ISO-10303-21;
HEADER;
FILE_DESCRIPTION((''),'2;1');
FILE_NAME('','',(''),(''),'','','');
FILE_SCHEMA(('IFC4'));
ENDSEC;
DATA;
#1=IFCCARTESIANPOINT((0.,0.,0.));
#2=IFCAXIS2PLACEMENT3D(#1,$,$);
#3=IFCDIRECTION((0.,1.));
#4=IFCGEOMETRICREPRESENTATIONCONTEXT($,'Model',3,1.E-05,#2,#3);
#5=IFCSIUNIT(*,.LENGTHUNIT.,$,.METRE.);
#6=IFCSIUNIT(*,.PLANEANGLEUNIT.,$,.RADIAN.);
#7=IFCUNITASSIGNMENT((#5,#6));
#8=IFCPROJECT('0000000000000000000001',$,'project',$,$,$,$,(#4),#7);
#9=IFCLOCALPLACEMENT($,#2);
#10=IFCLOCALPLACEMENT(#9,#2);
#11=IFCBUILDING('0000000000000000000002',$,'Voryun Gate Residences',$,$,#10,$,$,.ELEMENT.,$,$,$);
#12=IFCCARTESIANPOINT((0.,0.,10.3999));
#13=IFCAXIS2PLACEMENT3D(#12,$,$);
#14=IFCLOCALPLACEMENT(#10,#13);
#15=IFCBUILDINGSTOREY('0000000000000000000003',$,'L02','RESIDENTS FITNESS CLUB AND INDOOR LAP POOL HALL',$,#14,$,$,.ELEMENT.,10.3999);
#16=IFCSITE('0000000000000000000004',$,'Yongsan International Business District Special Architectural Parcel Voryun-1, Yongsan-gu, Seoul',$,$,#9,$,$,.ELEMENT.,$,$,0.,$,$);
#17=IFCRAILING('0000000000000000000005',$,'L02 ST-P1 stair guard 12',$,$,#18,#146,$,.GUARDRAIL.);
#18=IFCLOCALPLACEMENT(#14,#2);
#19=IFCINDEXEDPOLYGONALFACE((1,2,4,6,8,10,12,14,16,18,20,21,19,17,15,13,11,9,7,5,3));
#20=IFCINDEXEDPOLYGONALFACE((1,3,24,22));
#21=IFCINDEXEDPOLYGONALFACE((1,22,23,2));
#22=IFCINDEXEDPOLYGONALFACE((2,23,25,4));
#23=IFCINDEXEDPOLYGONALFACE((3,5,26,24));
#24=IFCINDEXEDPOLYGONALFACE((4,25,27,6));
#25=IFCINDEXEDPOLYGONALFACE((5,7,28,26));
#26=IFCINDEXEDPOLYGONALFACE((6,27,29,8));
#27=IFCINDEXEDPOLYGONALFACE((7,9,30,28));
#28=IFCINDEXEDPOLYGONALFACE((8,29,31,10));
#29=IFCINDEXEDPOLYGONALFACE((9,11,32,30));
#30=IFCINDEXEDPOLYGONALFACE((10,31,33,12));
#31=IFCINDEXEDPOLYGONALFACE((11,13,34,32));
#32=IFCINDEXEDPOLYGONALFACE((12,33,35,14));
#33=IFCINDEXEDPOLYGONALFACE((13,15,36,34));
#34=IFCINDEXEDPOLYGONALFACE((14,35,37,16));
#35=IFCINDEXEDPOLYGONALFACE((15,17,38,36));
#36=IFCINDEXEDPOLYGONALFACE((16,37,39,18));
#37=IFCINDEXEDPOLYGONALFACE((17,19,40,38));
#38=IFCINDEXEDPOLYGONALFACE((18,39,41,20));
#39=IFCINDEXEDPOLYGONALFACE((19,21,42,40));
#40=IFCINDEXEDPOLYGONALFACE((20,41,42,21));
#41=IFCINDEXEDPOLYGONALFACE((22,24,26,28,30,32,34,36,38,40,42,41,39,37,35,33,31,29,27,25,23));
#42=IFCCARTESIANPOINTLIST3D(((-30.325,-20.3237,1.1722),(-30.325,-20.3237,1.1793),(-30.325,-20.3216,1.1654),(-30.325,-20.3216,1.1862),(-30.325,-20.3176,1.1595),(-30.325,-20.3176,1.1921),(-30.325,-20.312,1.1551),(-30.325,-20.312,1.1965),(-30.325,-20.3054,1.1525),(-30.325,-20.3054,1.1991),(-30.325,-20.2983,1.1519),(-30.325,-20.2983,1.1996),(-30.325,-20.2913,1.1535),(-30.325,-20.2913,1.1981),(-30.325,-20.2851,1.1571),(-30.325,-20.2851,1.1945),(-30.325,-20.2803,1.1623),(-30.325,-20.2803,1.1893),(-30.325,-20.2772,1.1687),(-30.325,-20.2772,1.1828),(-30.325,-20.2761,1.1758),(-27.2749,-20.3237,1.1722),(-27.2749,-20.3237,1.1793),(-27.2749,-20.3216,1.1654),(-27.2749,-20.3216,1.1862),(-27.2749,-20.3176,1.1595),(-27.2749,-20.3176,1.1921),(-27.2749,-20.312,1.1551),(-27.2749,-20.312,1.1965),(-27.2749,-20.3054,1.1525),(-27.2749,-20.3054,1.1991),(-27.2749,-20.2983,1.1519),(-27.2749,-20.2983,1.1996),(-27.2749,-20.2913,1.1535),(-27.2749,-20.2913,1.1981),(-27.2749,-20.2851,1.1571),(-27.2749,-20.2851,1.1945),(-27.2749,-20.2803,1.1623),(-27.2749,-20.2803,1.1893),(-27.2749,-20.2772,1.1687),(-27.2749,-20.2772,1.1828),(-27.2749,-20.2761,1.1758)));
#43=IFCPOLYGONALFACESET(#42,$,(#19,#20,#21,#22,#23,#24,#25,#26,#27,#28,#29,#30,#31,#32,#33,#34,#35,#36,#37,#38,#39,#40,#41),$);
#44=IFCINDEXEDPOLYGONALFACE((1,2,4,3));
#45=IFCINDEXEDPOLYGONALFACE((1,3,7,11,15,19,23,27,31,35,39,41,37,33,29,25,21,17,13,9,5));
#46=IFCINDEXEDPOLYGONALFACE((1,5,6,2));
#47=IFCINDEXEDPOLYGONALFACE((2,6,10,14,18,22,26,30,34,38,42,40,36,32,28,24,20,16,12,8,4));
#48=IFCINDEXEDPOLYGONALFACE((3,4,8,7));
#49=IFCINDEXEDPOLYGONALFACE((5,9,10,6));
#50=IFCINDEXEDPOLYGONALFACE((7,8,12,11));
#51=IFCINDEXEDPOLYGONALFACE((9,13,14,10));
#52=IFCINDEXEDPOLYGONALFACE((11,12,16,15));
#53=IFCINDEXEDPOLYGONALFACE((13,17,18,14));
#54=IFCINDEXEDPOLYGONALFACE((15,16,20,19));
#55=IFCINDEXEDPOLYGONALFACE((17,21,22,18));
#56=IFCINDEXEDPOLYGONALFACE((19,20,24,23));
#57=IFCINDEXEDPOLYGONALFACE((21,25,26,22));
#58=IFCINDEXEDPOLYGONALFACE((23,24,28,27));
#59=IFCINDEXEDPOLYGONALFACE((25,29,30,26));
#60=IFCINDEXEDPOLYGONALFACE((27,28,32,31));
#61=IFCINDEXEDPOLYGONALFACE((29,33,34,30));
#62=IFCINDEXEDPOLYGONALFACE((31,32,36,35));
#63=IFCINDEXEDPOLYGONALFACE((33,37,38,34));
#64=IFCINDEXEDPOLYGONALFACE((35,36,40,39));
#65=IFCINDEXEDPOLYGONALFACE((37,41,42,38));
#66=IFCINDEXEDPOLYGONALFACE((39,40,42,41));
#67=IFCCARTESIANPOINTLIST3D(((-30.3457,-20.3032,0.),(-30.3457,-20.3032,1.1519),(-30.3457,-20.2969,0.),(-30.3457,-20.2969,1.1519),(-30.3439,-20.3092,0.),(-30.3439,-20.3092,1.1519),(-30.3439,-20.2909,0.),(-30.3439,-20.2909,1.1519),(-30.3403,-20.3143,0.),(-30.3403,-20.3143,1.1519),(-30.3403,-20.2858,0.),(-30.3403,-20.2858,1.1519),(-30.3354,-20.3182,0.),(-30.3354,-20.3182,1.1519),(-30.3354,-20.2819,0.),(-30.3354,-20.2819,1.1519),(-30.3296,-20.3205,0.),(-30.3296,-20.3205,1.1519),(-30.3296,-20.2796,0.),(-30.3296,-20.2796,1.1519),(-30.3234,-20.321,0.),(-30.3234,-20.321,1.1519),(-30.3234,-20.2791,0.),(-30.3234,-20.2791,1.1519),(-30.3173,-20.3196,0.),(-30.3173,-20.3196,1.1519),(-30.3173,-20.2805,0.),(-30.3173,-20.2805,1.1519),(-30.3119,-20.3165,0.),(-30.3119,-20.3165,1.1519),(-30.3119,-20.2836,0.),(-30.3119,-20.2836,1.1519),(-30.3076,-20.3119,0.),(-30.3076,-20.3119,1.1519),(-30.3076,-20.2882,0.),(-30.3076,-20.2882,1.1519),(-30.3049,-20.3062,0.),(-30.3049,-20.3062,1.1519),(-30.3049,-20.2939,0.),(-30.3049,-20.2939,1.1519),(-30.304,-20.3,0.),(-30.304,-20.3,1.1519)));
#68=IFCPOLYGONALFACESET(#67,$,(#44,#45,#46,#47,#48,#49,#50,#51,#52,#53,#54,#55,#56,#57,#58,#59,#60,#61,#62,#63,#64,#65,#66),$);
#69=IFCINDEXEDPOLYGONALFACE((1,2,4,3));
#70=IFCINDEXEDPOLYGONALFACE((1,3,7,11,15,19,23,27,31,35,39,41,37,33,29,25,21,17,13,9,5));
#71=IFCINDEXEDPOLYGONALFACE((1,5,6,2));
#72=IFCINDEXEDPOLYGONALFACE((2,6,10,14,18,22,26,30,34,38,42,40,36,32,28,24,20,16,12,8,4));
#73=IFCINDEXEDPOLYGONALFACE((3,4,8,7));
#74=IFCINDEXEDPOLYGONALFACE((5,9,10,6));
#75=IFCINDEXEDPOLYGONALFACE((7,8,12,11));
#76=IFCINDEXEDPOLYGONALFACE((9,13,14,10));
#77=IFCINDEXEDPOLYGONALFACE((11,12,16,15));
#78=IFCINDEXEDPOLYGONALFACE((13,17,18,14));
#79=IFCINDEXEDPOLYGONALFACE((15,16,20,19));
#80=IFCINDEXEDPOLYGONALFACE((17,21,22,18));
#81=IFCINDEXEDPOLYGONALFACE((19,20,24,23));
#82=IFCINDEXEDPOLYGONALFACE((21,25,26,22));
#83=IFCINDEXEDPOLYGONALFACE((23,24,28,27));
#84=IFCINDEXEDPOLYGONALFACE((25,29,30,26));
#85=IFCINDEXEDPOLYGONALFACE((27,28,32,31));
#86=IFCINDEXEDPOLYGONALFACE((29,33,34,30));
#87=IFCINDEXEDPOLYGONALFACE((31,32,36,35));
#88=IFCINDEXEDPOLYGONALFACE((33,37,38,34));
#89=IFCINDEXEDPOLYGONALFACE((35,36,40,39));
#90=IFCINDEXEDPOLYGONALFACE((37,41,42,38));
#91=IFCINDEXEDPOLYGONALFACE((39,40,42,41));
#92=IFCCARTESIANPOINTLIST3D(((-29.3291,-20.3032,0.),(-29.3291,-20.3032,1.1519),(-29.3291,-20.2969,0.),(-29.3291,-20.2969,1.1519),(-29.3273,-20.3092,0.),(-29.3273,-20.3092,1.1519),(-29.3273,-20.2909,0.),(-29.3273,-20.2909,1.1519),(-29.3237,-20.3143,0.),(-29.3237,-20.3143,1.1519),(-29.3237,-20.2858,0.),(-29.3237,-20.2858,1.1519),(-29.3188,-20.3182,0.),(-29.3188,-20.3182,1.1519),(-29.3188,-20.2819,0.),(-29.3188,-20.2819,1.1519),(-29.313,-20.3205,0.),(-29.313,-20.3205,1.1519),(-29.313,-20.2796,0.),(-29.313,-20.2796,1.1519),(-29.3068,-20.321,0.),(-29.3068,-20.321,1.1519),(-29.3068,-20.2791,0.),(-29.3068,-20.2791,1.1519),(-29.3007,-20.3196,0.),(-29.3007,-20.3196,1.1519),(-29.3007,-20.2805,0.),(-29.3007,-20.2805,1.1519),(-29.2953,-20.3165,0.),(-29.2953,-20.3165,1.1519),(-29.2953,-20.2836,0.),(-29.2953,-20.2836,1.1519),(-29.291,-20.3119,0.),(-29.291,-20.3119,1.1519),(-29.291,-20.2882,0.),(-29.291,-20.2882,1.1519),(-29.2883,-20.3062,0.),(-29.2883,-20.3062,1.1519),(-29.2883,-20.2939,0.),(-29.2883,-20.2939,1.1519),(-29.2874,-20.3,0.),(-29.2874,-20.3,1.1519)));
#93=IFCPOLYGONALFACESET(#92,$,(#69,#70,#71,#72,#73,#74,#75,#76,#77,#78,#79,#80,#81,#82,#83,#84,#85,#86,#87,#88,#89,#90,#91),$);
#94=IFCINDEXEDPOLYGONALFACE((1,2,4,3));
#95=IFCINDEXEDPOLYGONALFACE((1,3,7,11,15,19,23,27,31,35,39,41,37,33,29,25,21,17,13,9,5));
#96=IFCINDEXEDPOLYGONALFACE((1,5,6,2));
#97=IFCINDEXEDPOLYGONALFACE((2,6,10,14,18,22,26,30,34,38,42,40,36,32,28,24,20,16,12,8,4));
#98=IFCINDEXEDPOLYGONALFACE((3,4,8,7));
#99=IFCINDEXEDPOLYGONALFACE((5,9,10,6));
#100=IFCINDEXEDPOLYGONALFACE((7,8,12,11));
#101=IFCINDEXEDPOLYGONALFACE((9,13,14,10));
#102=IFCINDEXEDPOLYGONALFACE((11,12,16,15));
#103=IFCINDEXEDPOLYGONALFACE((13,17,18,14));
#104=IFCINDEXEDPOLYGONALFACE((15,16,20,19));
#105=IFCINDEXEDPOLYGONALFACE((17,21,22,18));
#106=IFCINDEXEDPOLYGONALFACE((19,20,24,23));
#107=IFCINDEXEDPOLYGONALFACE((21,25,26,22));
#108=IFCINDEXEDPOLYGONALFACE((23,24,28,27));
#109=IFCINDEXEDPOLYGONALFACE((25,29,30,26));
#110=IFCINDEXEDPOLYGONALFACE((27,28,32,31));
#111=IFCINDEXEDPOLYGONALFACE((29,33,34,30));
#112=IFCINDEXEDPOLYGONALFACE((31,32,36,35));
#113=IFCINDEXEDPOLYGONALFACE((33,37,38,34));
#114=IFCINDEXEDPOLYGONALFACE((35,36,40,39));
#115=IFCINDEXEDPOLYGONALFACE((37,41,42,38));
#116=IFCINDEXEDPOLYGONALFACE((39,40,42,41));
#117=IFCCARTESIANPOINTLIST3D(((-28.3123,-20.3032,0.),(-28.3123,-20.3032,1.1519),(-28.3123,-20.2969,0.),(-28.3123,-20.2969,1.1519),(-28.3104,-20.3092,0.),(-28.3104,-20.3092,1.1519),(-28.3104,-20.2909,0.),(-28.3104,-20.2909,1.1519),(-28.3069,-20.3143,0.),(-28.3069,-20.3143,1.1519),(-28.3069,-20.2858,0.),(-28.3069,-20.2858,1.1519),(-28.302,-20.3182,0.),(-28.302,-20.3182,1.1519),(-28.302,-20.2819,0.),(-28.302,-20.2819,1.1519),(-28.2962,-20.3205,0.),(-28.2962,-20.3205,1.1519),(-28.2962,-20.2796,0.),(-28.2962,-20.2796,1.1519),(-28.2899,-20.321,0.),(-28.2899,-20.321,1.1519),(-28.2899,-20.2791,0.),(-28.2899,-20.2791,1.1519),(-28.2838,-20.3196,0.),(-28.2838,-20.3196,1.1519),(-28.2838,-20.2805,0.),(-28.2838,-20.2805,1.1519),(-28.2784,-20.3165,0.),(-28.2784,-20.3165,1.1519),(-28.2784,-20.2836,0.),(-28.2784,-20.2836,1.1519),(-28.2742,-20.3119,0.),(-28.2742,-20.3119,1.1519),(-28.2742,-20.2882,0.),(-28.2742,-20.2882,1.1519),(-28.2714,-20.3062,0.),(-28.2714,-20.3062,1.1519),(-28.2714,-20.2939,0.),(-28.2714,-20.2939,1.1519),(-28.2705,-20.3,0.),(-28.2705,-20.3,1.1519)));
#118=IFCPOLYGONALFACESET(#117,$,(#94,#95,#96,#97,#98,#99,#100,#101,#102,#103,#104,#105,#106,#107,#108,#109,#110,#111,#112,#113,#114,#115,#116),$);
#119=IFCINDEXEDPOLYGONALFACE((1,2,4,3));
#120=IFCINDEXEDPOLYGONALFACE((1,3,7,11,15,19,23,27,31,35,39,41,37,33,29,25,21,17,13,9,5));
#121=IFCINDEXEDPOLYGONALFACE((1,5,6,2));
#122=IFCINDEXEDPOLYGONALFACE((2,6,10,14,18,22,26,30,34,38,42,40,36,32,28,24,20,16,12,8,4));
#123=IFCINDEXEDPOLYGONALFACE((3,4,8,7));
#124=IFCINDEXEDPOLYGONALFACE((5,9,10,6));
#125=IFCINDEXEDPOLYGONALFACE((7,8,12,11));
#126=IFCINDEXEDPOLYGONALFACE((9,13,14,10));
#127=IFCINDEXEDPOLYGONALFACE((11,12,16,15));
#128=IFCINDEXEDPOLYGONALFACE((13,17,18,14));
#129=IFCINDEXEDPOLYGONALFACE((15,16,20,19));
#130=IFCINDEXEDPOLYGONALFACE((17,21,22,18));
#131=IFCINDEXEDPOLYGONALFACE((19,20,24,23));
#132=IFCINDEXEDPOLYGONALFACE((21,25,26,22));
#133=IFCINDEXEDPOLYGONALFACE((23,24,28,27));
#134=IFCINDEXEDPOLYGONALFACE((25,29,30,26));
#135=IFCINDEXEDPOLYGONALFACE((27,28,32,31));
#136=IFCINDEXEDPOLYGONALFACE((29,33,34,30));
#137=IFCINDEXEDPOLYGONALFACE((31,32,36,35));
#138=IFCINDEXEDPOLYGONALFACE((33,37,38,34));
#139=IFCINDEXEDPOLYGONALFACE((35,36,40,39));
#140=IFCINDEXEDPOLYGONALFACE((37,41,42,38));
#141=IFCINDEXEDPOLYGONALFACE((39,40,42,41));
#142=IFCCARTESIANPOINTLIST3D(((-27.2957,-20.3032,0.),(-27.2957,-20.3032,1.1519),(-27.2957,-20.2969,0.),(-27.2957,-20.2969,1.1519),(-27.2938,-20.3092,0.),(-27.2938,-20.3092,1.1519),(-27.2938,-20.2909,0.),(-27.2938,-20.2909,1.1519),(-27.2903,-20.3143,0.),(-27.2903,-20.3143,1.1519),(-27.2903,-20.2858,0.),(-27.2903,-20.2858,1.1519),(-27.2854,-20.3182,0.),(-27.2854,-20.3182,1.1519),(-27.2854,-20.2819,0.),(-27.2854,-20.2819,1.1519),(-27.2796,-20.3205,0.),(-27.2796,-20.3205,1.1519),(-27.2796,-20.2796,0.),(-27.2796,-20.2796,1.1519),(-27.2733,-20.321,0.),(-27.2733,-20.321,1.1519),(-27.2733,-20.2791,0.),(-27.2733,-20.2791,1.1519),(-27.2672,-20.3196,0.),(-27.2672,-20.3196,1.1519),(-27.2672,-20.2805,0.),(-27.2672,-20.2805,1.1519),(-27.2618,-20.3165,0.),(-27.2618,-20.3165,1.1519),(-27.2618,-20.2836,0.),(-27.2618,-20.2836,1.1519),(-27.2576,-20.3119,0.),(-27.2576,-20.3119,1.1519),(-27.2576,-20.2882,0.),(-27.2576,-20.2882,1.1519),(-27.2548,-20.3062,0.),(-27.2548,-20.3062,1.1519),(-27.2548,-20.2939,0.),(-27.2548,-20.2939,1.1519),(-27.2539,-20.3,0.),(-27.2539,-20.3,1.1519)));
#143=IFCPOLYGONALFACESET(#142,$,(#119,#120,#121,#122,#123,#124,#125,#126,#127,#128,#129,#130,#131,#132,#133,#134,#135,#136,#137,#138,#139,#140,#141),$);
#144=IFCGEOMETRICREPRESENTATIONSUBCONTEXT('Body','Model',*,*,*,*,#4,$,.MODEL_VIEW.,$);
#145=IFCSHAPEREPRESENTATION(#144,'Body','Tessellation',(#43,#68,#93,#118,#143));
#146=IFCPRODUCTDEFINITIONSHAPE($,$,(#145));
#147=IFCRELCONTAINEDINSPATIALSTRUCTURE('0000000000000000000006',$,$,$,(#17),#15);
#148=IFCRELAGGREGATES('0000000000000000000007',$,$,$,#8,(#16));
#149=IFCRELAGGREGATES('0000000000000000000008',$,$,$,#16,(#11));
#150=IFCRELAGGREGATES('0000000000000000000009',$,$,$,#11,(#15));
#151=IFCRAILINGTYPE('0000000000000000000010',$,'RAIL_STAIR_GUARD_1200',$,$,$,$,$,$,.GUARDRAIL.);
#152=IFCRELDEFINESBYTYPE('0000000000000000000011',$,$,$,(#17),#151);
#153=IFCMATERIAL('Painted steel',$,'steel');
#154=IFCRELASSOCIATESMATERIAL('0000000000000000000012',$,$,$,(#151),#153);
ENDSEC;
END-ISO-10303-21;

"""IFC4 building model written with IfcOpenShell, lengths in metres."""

from ifc_helpers import new_model, si_unit, direction, frame, origin, origin_2d, place, context, subcontext, project, spatial, circle, extrude, material, type_object, element, save


model = new_model("IFC4")

# Units and contexts
model_context = context("Model", 3, precision=1e-05, world=origin(), true_north=direction((0.0, 1.0)))
body_context = subcontext(model_context, "Body", "Model", "MODEL_VIEW")
ifc_project = project(units=[si_unit("LENGTHUNIT", "METRE"), si_unit("PLANEANGLEUNIT", "RADIAN")], contexts=[model_context])

# Site, building, storey
site_placement = place(None, origin())
site = spatial("IfcSite", under=ifc_project, at=site_placement, Name="Yongsan International Business District Special Architectural Parcel Voryun-1, Yongsan-gu, Seoul", CompositionType="ELEMENT", RefElevation=0.0)
building_placement = place(site_placement, origin())
building = spatial("IfcBuilding", under=site, at=building_placement, Name="Voryun Gate Residences", CompositionType="ELEMENT")
storey_placement = place(building_placement, frame((0.0, 0.0, 10.3999)))
storey = spatial("IfcBuildingStorey", under=building, at=storey_placement, Name="L02", Description="RESIDENTS FITNESS CLUB AND INDOOR LAP POOL HALL", CompositionType="ELEMENT", Elevation=10.3999)

# Railing
ifc_material_1 = material(Name="Painted steel", Category="steel")
railing_type_1 = type_object("IfcRailingType", Name="RAIL_STAIR_GUARD_1200", PredefinedType="GUARDRAIL", material=ifc_material_1)
railing_1_placement = place(storey_placement, frame((-30.325, -20.3, 0.0)))
element("IfcRailing", 1, at=railing_1_placement, inside=storey, type_object=railing_type_1, Name="L02 ST-P1 stair guard 12", PredefinedType="GUARDRAIL", context=body_context, shape_type="SweptSolid", body=[
    extrude(circle(Radius=0.0239, at=origin_2d()), frame((0.0, 0.0, 1.1758), z_axis=(1.0, 0.0, 0.0), x_axis=(0.0, 1.0, 0.0)), (0.0, 0.0, 1.0), 3.05),
    extrude(circle(Radius=0.021, at=origin_2d()), origin(), (0.0, 0.0, 1.0), 1.1519),
    extrude(circle(Radius=0.021, at=origin_2d()), frame((1.0166, 0.0, 0.0)), (0.0, 0.0, 1.0), 1.1519),
    extrude(circle(Radius=0.021, at=origin_2d()), frame((2.0334, 0.0, 0.0)), (0.0, 0.0, 1.0), 1.1519),
    extrude(circle(Radius=0.021, at=origin_2d()), frame((3.05, 0.0, 0.0)), (0.0, 0.0, 1.0), 1.1519),
])

save(model, "model.ifc")
